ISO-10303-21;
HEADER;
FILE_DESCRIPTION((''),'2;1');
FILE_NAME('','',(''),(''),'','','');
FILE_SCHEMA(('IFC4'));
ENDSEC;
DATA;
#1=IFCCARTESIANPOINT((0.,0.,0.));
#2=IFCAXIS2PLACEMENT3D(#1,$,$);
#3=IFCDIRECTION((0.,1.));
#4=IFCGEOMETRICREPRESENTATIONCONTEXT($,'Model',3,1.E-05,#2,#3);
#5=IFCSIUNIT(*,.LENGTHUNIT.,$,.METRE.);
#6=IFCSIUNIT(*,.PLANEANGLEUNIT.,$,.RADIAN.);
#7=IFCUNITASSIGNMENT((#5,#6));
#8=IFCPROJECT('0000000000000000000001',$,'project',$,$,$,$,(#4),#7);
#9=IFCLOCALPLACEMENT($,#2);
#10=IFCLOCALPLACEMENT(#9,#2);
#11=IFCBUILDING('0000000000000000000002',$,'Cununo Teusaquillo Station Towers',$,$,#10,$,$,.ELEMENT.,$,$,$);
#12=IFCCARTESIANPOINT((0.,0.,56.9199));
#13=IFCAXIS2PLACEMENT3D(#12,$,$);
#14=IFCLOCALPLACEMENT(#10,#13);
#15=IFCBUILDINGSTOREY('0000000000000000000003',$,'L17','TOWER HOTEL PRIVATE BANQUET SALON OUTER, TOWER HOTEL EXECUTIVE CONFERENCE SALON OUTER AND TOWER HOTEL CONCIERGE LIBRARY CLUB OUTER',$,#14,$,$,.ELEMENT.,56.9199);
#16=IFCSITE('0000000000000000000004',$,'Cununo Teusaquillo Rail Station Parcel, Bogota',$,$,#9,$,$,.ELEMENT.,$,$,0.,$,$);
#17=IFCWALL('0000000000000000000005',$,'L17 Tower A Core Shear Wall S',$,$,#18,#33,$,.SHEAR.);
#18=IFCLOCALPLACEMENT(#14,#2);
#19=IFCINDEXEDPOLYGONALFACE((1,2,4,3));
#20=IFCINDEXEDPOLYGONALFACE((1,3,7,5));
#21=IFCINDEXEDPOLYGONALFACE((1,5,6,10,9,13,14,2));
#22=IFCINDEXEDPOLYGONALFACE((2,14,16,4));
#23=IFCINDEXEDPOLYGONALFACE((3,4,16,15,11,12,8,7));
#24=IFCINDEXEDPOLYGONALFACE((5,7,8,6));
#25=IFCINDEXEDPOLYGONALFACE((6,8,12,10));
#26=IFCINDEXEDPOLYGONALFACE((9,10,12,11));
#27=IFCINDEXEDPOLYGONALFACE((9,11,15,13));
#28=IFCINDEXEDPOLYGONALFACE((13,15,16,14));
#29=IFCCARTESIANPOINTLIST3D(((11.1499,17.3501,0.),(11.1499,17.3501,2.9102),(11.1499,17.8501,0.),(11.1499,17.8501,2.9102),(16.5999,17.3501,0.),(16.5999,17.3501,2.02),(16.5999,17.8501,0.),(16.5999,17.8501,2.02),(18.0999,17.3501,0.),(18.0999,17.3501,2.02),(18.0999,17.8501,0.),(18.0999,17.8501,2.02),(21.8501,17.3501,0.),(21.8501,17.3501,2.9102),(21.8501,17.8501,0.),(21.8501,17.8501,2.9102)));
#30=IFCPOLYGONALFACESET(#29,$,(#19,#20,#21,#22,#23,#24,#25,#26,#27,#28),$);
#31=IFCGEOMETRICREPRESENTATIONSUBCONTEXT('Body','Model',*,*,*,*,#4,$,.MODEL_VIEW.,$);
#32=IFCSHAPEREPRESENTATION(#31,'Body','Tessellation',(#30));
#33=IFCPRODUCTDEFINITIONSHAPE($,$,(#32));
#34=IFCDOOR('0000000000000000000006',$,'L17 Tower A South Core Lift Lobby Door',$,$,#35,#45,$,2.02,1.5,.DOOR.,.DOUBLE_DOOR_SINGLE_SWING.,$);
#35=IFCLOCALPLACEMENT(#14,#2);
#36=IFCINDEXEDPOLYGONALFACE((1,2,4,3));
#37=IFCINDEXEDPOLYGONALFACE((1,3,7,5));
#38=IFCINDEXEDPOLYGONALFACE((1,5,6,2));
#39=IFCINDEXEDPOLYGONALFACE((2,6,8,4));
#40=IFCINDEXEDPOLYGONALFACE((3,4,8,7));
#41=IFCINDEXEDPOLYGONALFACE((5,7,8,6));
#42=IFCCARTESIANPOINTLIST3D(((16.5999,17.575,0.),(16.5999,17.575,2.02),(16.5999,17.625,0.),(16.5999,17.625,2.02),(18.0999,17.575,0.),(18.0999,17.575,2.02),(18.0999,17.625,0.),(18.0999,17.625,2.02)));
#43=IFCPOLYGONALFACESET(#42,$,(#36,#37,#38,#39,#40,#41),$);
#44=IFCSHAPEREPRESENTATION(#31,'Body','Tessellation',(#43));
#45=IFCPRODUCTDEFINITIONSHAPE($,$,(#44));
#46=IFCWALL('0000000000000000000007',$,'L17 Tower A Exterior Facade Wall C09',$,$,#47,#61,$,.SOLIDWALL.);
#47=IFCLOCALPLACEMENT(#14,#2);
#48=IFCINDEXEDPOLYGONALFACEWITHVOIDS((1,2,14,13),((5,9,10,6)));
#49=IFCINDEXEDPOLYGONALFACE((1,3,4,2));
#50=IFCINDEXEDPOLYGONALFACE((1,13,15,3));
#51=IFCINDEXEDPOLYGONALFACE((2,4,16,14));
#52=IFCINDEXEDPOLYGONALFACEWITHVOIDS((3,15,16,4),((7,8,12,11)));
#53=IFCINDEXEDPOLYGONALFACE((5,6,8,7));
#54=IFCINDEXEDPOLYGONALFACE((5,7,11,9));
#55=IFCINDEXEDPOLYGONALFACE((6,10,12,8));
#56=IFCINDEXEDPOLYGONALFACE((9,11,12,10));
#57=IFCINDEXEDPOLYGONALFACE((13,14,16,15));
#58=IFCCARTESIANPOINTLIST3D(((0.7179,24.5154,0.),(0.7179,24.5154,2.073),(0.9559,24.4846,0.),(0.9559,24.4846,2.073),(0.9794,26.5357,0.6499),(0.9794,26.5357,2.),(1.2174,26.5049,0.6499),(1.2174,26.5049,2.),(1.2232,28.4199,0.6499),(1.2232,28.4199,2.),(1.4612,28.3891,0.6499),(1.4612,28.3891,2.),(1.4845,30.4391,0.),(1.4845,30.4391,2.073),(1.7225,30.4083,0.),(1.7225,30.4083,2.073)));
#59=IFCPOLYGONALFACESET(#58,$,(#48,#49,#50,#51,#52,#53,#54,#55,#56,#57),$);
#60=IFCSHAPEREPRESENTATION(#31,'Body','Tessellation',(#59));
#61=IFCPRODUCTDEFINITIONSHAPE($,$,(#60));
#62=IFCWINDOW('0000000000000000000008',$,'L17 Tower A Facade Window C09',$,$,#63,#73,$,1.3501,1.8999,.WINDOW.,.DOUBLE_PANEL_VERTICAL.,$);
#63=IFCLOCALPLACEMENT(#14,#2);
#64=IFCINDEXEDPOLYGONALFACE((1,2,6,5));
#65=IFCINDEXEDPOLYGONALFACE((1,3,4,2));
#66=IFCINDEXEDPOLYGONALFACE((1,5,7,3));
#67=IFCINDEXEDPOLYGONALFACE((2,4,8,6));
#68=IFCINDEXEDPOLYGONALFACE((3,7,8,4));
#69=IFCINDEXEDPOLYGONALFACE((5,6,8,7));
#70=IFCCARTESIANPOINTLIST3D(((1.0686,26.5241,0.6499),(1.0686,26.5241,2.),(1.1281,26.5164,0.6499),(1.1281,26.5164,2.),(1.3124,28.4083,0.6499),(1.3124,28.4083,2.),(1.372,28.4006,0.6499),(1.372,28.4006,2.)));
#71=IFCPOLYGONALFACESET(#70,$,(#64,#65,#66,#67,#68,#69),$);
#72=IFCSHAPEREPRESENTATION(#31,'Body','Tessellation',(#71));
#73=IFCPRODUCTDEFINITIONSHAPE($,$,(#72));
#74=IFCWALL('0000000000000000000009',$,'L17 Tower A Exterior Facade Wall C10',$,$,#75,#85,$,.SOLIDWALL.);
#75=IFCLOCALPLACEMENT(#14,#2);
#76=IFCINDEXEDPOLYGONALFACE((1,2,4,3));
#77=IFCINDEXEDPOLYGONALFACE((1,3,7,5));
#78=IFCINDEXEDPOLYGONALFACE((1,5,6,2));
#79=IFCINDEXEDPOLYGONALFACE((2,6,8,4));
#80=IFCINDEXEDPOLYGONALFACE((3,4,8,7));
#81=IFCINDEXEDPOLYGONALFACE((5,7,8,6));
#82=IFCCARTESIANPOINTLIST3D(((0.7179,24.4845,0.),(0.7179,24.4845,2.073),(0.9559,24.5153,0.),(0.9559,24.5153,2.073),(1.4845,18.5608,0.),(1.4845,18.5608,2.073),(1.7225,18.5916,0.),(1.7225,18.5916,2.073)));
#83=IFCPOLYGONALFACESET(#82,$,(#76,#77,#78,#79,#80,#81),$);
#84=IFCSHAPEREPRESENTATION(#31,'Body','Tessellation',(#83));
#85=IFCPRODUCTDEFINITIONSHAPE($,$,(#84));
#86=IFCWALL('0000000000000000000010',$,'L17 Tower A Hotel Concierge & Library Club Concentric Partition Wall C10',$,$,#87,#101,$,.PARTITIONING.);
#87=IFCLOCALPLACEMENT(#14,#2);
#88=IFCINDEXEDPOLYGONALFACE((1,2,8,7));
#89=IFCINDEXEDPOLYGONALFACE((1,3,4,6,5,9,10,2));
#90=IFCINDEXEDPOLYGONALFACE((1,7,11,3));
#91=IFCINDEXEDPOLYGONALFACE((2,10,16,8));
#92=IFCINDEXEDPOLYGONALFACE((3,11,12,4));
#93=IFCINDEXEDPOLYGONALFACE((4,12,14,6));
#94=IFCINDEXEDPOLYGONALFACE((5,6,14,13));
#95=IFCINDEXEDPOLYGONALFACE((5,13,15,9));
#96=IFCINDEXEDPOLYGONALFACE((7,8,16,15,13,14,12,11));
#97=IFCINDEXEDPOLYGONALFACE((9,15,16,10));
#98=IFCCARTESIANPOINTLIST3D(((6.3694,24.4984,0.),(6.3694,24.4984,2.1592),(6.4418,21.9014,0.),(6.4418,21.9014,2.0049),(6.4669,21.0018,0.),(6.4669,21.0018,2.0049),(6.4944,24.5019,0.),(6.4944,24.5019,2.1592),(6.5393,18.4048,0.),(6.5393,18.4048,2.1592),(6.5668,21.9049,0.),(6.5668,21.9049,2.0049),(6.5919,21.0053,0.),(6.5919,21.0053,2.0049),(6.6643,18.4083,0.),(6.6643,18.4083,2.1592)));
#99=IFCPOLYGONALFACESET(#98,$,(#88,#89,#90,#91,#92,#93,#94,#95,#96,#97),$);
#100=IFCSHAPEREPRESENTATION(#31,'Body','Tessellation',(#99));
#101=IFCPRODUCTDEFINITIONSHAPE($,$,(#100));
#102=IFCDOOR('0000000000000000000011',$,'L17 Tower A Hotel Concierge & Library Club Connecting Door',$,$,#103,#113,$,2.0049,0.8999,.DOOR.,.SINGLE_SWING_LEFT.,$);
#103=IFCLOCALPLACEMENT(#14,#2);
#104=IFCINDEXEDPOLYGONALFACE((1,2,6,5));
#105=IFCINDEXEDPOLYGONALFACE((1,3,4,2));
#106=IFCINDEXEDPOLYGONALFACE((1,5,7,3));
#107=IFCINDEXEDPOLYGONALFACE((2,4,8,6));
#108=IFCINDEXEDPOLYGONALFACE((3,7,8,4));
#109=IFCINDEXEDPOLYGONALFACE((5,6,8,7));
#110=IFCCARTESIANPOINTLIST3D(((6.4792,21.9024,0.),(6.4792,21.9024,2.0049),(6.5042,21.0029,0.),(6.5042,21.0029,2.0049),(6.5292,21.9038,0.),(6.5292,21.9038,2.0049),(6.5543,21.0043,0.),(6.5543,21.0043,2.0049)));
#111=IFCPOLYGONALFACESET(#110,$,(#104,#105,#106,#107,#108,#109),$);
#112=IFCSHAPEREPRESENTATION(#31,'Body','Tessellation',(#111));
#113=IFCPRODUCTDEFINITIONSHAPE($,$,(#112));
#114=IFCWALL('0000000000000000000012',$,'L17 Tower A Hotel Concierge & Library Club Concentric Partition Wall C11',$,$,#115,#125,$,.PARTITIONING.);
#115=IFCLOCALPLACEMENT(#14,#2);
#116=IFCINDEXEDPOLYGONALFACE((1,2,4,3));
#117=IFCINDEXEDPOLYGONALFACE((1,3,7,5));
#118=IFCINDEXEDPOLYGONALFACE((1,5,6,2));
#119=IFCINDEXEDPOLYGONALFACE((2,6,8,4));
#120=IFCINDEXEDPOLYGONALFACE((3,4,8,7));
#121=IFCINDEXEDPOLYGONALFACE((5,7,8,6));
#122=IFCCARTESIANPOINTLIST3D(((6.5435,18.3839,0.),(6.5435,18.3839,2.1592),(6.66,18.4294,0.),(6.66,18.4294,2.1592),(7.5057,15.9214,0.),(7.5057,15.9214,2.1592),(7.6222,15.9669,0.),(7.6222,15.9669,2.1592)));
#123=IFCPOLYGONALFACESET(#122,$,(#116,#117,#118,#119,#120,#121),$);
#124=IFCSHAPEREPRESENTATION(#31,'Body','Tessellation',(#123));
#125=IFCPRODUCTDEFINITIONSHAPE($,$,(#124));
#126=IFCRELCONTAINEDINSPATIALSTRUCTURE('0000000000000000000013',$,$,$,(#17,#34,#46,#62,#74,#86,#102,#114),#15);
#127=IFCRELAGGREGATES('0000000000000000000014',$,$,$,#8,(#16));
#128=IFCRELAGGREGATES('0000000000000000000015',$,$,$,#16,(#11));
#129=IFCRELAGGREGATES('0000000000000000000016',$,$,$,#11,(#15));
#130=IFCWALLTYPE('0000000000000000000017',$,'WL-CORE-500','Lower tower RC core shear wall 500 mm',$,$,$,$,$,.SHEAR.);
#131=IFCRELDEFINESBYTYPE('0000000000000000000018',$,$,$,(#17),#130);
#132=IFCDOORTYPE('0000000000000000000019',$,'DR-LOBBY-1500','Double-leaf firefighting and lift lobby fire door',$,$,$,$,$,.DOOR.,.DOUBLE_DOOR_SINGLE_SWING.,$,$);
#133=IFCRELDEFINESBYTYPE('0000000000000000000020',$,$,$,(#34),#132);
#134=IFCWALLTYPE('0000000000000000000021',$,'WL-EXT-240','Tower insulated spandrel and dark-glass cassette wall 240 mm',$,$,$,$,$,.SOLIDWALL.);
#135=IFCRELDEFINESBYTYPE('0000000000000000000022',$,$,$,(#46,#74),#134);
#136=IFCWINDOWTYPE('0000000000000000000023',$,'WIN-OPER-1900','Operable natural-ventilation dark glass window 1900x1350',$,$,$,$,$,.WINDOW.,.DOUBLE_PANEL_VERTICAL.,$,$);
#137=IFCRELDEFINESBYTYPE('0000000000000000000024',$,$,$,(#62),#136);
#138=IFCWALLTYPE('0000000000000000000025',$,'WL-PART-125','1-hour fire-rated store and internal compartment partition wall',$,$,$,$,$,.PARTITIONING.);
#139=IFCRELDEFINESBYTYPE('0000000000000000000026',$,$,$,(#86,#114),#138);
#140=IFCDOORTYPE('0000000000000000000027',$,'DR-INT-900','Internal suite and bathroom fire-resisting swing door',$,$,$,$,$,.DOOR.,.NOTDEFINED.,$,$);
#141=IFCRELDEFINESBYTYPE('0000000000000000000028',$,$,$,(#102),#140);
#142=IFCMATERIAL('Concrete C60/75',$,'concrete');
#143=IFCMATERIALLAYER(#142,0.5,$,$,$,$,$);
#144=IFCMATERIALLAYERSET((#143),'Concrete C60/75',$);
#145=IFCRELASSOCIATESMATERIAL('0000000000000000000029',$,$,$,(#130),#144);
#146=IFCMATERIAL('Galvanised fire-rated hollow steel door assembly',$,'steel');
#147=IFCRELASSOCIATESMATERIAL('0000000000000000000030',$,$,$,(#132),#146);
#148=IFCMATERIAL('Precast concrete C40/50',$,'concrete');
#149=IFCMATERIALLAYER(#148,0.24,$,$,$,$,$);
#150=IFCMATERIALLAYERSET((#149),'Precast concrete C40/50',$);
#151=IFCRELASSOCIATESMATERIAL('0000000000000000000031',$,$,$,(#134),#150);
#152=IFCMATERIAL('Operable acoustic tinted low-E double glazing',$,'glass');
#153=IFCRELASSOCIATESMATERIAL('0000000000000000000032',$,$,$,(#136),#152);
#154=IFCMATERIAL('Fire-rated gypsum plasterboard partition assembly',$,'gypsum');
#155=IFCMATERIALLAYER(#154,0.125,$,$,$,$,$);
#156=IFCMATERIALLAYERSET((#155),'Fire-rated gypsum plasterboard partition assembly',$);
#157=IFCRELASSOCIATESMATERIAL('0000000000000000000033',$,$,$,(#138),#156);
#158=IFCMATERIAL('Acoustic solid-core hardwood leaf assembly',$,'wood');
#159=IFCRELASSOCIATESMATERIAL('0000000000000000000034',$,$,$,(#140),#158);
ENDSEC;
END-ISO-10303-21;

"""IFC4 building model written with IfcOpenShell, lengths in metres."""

from ifc_helpers import new_model, si_unit, direction, frame, frame_2d, origin, place, context, subcontext, project, spatial, rectangle, extrude, source, transform, mapped, material, layer, layer_set, type_object, element, fill, save


model = new_model("IFC4")

# Units and contexts
model_context = context("Model", 3, precision=1e-05, world=origin(), true_north=direction((0.0, 1.0)))
body_context = subcontext(model_context, "Body", "Model", "MODEL_VIEW")
ifc_project = project(units=[si_unit("LENGTHUNIT", "METRE"), si_unit("PLANEANGLEUNIT", "RADIAN")], contexts=[model_context])

# Site, building, storey
site_placement = place(None, origin())
site = spatial("IfcSite", under=ifc_project, at=site_placement, Name="Cununo Teusaquillo Rail Station Parcel, Bogota", CompositionType="ELEMENT", RefElevation=0.0)
building_placement = place(site_placement, origin())
building = spatial("IfcBuilding", under=site, at=building_placement, Name="Cununo Teusaquillo Station Towers", CompositionType="ELEMENT")
storey_placement = place(building_placement, frame((0.0, 0.0, 56.9199)))
storey = spatial("IfcBuildingStorey", under=building, at=storey_placement, Name="L17", Description="TOWER HOTEL PRIVATE BANQUET SALON OUTER, TOWER HOTEL EXECUTIVE CONFERENCE SALON OUTER AND TOWER HOTEL CONCIERGE LIBRARY CLUB OUTER", CompositionType="ELEMENT", Elevation=56.9199)

# Shared definitions
ifc_material_1 = material(Name="Concrete C60/75", Category="concrete")
ifc_layer_1 = layer(ifc_material_1, 0.5)
ifc_layer_set_1 = layer_set([ifc_layer_1], Name="Concrete C60/75")
wall_type_1 = type_object("IfcWallType", Name="WL-CORE-500", Description="Lower tower RC core shear wall 500 mm", PredefinedType="SHEAR", material=ifc_layer_set_1)

# Wall, opening, door
wall_1_placement = place(storey_placement, frame((11.1499, 17.6001, 0.0), z_axis=(0.0, 0.0, 1.0), x_axis=(1.0, 0.0, 0.0)))
wall_1 = element("IfcWall", 1, at=wall_1_placement, inside=storey, type_object=wall_type_1, Name="L17 Tower A Core Shear Wall S", PredefinedType="SHEAR", context=body_context, shape_type="SweptSolid", body=[
    extrude(rectangle(XDim=10.7002, YDim=0.5, at=frame_2d((5.3501, 0.0))), origin(), (0.0, 0.0, 1.0), 2.9102),
])
shared_shape_1 = source(origin(), body_context, "Body", "SweptSolid", [
    extrude(rectangle(XDim=1.5, YDim=2.02, at=frame_2d((0.75, 1.01))), frame((0.0, 0.26, 0.0), z_axis=(0.0, -1.0, 0.0), x_axis=(1.0, 0.0, 0.0)), (0.0, 0.0, 1.0), 0.52),
])
opening_1_placement = place(wall_1_placement, frame((5.45, 0.0, 0.0)))
opening_1 = element("IfcOpeningElement", 2, at=opening_1_placement, cuts=wall_1, PredefinedType="OPENING", context=body_context, shape_type="MappedRepresentation", body=[
    mapped(shared_shape_1, transform((0.0, 0.0, 0.0), x_axis=(1.0, 0.0, 0.0), y_axis=(0.0, 1.0, 0.0), z_axis=(0.0, 0.0, 1.0), scale=1.0)),
])
ifc_material_2 = material(Name="Galvanised fire-rated hollow steel door assembly", Category="steel")
door_type_1 = type_object("IfcDoorType", Name="DR-LOBBY-1500", Description="Double-leaf firefighting and lift lobby fire door", OperationType="DOUBLE_DOOR_SINGLE_SWING", PredefinedType="DOOR", material=ifc_material_2)
shared_shape_2 = source(origin(), body_context, "Body", "SweptSolid", [
    extrude(rectangle(XDim=1.5, YDim=2.02, at=frame_2d((0.75, 1.01))), frame((0.0, 0.0249, 0.0), z_axis=(0.0, -1.0, 0.0), x_axis=(1.0, 0.0, 0.0)), (0.0, 0.0, 1.0), 0.05),
])
door_1_placement = place(opening_1_placement, origin())
door_1 = element("IfcDoor", 3, at=door_1_placement, inside=storey, type_object=door_type_1, Name="L17 Tower A South Core Lift Lobby Door", OperationType="DOUBLE_DOOR_SINGLE_SWING", OverallHeight=2.02, OverallWidth=1.5, PredefinedType="DOOR", context=body_context, shape_type="MappedRepresentation", body=[
    mapped(shared_shape_2, transform((0.0, 0.0, 0.0), x_axis=(1.0, 0.0, 0.0), y_axis=(0.0, 1.0, 0.0), z_axis=(0.0, 0.0, 1.0), scale=1.0)),
])
fill(opening_1, door_1)

# Wall, opening, window
ifc_material_3 = material(Name="Precast concrete C40/50", Category="concrete")
ifc_layer_2 = layer(ifc_material_3, 0.24)
ifc_layer_set_2 = layer_set([ifc_layer_2], Name="Precast concrete C40/50")
wall_type_2 = type_object("IfcWallType", Name="WL-EXT-240", Description="Tower insulated spandrel and dark-glass cassette wall 240 mm", PredefinedType="SOLIDWALL", material=ifc_layer_set_2)
wall_2_placement = place(storey_placement, frame((0.8369, 24.5, 0.0), z_axis=(0.0, 0.0, 1.0), x_axis=(0.12834, 0.99173, 0.0)))
wall_2 = element("IfcWall", 4, at=wall_2_placement, inside=storey, type_object=wall_type_2, Name="L17 Tower A Exterior Facade Wall C09", PredefinedType="SOLIDWALL", context=body_context, shape_type="SweptSolid", body=[
    extrude(rectangle(XDim=5.9731, YDim=0.24, at=frame_2d((2.9866, 0.0))), origin(), (0.0, 0.0, 1.0), 2.073),
])
shared_shape_3 = source(origin(), body_context, "Body", "SweptSolid", [
    extrude(rectangle(XDim=1.8999, YDim=1.3501, at=frame_2d((0.95, 0.675))), frame((0.0, 0.1299, 0.0), z_axis=(0.0, -1.0, 0.0), x_axis=(1.0, 0.0, 0.0)), (0.0, 0.0, 1.0), 0.26),
])
opening_2_placement = place(wall_2_placement, frame((2.0371, 0.0, 0.6499)))
opening_2 = element("IfcOpeningElement", 5, at=opening_2_placement, cuts=wall_2, PredefinedType="OPENING", context=body_context, shape_type="MappedRepresentation", body=[
    mapped(shared_shape_3, transform((0.0, 0.0, 0.0), x_axis=(1.0, 0.0, 0.0), y_axis=(0.0, 1.0, 0.0), z_axis=(0.0, 0.0, 1.0), scale=1.0)),
])
ifc_material_4 = material(Name="Operable acoustic tinted low-E double glazing", Category="glass")
window_type = type_object("IfcWindowType", Name="WIN-OPER-1900", Description="Operable natural-ventilation dark glass window 1900x1350", PartitioningType="DOUBLE_PANEL_VERTICAL", PredefinedType="WINDOW", material=ifc_material_4)
shared_shape_4 = source(origin(), body_context, "Body", "SweptSolid", [
    extrude(rectangle(XDim=1.8999, YDim=1.3501, at=frame_2d((0.95, 0.675))), frame((0.0, 0.03, 0.0), z_axis=(0.0, -1.0, 0.0), x_axis=(1.0, 0.0, 0.0)), (0.0, 0.0, 1.0), 0.0601),
])
window_placement = place(opening_2_placement, origin())
window = element("IfcWindow", 6, at=window_placement, inside=storey, type_object=window_type, Name="L17 Tower A Facade Window C09", OverallHeight=1.3501, OverallWidth=1.8999, PartitioningType="DOUBLE_PANEL_VERTICAL", PredefinedType="WINDOW", context=body_context, shape_type="MappedRepresentation", body=[
    mapped(shared_shape_4, transform((0.0, 0.0, 0.0), x_axis=(1.0, 0.0, 0.0), y_axis=(0.0, 1.0, 0.0), z_axis=(0.0, 0.0, 1.0), scale=1.0)),
])
fill(opening_2, window)

# Wall
wall_3_placement = place(storey_placement, frame((1.6035, 18.5762, 0.0), z_axis=(0.0, 0.0, 1.0), x_axis=(-0.12834, 0.99173, 0.0)))
element("IfcWall", 7, at=wall_3_placement, inside=storey, type_object=wall_type_2, Name="L17 Tower A Exterior Facade Wall C10", PredefinedType="SOLIDWALL", context=body_context, shape_type="SweptSolid", body=[
    extrude(rectangle(XDim=5.9731, YDim=0.24, at=frame_2d((2.9866, 0.0))), origin(), (0.0, 0.0, 1.0), 2.073),
])

# Wall, opening, door
ifc_material_5 = material(Name="Fire-rated gypsum plasterboard partition assembly", Category="gypsum")
ifc_layer_3 = layer(ifc_material_5, 0.125)
ifc_layer_set_3 = layer_set([ifc_layer_3], Name="Fire-rated gypsum plasterboard partition assembly")
wall_type_3 = type_object("IfcWallType", Name="WL-PART-125", Description="1-hour fire-rated store and internal compartment partition wall", PredefinedType="PARTITIONING", material=ifc_layer_set_3)
wall_4_placement = place(storey_placement, frame((6.4319, 24.5, 0.0), z_axis=(0.0, 0.0, 1.0), x_axis=(0.027875, -0.999611, 0.0)))
wall_4 = element("IfcWall", 8, at=wall_4_placement, inside=storey, type_object=wall_type_3, Name="L17 Tower A Hotel Concierge & Library Club Concentric Partition Wall C10", PredefinedType="PARTITIONING", context=body_context, shape_type="SweptSolid", body=[
    extrude(rectangle(XDim=6.0959, YDim=0.125, at=frame_2d((3.0479, 0.0))), origin(), (0.0, 0.0, 1.0), 2.1592),
])
shared_shape_5 = source(origin(), body_context, "Body", "SweptSolid", [
    extrude(rectangle(XDim=0.8999, YDim=2.0049, at=frame_2d((0.45, 1.0024))), frame((0.0, 0.0725, 0.0), z_axis=(0.0, -1.0, 0.0), x_axis=(1.0, 0.0, 0.0)), (0.0, 0.0, 1.0), 0.145),
])
opening_3_placement = place(wall_4_placement, frame((2.5979, 0.0, 0.0)))
opening_3 = element("IfcOpeningElement", 9, at=opening_3_placement, cuts=wall_4, PredefinedType="OPENING", context=body_context, shape_type="MappedRepresentation", body=[
    mapped(shared_shape_5, transform((0.0, 0.0, 0.0), x_axis=(1.0, 0.0, 0.0), y_axis=(0.0, 1.0, 0.0), z_axis=(0.0, 0.0, 1.0), scale=1.0)),
])
ifc_material_6 = material(Name="Acoustic solid-core hardwood leaf assembly", Category="wood")
door_type_2 = type_object("IfcDoorType", Name="DR-INT-900", Description="Internal suite and bathroom fire-resisting swing door", OperationType="NOTDEFINED", PredefinedType="DOOR", material=ifc_material_6)
shared_shape_6 = source(origin(), body_context, "Body", "SweptSolid", [
    extrude(rectangle(XDim=0.8999, YDim=2.0049, at=frame_2d((0.45, 1.0024))), frame((0.0, 0.0249, 0.0), z_axis=(0.0, -1.0, 0.0), x_axis=(1.0, 0.0, 0.0)), (0.0, 0.0, 1.0), 0.05),
])
door_2_placement = place(opening_3_placement, origin())
door_2 = element("IfcDoor", 10, at=door_2_placement, inside=storey, type_object=door_type_2, Name="L17 Tower A Hotel Concierge & Library Club Connecting Door", OperationType="SINGLE_SWING_LEFT", OverallHeight=2.0049, OverallWidth=0.8999, PredefinedType="DOOR", context=body_context, shape_type="MappedRepresentation", body=[
    mapped(shared_shape_6, transform((0.0, 0.0, 0.0), x_axis=(1.0, 0.0, 0.0), y_axis=(0.0, 1.0, 0.0), z_axis=(0.0, 0.0, 1.0), scale=1.0)),
])
fill(opening_3, door_2)

# Wall
wall_5_placement = place(storey_placement, frame((6.6018, 18.4065, 0.0), z_axis=(0.0, 0.0, 1.0), x_axis=(0.363943, -0.931421, 0.0)))
element("IfcWall", 11, at=wall_5_placement, inside=storey, type_object=wall_type_3, Name="L17 Tower A Hotel Concierge & Library Club Concentric Partition Wall C11", PredefinedType="PARTITIONING", context=body_context, shape_type="SweptSolid", body=[
    extrude(rectangle(XDim=2.6438, YDim=0.125, at=frame_2d((1.3218, 0.0))), origin(), (0.0, 0.0, 1.0), 2.1592),
])

save(model, "model.ifc")
